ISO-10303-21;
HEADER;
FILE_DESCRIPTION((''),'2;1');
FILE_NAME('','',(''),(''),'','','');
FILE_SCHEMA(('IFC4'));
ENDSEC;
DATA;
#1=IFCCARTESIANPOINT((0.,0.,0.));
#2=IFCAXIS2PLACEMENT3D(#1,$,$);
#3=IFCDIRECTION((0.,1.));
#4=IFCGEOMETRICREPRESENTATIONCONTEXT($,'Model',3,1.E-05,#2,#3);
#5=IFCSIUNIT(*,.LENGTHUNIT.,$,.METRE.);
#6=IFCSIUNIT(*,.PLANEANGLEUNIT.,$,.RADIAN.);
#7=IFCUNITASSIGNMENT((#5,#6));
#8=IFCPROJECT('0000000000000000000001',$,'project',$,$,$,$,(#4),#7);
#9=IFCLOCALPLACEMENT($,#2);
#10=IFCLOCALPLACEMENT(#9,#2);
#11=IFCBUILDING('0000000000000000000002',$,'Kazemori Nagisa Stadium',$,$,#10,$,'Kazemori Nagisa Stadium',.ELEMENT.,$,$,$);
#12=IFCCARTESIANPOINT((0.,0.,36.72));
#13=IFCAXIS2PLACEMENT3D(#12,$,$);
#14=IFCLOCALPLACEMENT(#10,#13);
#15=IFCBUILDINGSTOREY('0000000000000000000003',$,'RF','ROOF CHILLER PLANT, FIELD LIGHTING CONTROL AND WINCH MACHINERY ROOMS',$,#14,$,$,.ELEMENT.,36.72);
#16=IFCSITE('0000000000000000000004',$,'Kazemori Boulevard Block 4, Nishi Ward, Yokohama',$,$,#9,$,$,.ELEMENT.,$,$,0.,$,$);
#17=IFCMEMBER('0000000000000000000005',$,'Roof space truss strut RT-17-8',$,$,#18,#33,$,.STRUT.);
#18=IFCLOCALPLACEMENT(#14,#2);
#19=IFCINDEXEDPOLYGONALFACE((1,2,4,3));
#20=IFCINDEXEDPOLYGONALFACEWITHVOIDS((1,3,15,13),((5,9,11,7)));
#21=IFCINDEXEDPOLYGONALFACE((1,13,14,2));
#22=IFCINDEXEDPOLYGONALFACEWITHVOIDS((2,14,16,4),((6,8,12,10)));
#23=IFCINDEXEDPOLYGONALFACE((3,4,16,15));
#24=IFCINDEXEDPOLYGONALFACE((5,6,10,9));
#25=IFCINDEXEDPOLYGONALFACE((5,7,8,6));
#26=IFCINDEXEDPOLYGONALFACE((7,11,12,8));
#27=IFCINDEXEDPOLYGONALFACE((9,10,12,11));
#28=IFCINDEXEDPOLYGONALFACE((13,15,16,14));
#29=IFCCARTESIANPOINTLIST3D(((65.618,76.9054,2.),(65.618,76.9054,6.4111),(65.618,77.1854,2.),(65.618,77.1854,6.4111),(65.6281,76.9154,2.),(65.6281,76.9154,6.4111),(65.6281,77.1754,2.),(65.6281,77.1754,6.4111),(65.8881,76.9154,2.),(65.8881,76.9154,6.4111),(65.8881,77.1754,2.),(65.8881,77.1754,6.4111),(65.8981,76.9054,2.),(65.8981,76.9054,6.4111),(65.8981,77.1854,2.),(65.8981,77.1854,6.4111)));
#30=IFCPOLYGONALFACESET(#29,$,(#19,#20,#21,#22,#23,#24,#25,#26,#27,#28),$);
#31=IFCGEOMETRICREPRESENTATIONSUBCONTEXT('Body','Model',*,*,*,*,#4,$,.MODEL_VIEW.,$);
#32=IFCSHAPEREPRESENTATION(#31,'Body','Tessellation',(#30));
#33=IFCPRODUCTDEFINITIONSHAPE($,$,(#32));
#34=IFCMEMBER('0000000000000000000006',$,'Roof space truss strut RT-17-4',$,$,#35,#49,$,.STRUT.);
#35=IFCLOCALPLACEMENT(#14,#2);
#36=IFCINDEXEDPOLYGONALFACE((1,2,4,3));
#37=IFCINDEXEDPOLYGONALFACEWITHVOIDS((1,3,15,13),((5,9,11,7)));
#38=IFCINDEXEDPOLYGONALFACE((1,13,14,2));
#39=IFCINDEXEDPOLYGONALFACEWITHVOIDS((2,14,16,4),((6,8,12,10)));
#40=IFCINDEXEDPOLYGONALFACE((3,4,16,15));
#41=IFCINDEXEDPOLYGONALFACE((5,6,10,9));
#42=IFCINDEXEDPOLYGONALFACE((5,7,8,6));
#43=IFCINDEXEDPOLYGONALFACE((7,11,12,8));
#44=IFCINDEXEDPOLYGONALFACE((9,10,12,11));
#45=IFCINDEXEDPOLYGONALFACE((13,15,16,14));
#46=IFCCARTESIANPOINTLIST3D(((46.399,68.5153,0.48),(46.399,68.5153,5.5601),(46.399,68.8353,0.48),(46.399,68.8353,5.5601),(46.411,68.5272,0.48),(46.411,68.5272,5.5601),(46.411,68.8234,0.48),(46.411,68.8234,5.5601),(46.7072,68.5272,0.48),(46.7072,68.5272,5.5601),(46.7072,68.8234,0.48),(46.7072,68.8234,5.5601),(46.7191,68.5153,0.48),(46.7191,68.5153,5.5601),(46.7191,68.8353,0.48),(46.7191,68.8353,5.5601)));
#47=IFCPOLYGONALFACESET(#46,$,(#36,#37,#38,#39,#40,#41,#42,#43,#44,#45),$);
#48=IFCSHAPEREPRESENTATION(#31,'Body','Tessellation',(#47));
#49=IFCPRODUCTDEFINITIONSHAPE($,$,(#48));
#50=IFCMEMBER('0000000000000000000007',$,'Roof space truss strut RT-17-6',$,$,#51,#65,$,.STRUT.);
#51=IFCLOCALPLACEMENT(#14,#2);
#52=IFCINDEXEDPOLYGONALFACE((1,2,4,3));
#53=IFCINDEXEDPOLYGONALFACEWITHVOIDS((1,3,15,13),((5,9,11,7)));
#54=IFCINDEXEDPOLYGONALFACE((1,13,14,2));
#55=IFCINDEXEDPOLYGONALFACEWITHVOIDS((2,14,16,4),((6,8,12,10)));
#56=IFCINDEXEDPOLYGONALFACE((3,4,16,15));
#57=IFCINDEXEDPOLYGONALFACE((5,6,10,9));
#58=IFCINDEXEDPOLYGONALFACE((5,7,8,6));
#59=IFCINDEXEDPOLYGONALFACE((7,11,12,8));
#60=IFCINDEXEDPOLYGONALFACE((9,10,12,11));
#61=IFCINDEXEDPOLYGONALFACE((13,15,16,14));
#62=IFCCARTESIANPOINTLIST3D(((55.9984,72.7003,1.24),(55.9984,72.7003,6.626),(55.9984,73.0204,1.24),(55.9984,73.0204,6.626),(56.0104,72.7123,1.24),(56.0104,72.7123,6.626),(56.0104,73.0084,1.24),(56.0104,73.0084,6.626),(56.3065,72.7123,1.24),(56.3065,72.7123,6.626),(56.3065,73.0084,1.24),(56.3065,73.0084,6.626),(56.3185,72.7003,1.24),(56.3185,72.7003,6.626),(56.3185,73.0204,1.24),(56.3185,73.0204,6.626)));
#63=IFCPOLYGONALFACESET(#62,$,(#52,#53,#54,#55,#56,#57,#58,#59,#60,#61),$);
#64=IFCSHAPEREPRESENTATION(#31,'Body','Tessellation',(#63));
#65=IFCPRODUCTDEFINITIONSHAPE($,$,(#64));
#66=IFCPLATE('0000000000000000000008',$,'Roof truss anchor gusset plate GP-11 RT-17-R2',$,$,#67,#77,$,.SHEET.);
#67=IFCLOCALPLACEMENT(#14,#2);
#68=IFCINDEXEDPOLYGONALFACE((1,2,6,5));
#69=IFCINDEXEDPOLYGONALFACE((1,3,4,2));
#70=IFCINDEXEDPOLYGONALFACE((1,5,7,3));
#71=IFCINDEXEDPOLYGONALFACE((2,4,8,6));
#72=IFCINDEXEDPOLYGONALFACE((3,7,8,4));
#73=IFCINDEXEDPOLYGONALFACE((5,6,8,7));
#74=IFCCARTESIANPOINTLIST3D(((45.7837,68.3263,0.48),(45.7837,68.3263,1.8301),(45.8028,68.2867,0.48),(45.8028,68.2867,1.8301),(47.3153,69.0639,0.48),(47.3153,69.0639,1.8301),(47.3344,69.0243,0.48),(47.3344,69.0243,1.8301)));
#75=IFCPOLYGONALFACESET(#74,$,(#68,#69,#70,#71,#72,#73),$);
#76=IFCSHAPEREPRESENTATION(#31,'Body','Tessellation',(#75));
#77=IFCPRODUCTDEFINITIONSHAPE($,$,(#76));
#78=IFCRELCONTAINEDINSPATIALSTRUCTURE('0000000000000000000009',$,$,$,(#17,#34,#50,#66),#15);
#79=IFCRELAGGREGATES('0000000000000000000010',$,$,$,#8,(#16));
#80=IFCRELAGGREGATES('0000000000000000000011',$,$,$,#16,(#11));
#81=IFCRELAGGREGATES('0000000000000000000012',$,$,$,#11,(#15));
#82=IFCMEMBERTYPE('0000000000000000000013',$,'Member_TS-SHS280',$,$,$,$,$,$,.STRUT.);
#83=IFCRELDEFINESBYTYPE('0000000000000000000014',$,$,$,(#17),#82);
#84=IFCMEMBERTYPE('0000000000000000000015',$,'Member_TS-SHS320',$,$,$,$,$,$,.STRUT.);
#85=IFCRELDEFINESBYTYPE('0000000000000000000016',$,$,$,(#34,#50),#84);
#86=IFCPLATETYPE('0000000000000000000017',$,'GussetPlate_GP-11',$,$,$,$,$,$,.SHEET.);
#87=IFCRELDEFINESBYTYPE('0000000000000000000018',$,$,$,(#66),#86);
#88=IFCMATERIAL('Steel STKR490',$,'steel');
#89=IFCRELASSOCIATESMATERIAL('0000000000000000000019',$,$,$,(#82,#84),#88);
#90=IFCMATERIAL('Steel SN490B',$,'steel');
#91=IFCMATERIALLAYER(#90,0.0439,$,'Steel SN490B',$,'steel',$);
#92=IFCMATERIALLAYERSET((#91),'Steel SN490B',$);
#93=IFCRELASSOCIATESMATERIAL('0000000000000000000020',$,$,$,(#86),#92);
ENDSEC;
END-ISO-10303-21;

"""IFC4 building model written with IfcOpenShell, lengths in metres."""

from ifc_helpers import new_model, si_unit, direction, frame, origin, origin_2d, place, context, subcontext, project, spatial, rectangle, hollow_rectangle, extrude, material, layer, layer_set, material_profile, profile_set, type_object, element, save


model = new_model("IFC4")

# Units and contexts
model_context = context("Model", 3, precision=1e-05, world=origin(), true_north=direction((0.0, 1.0)))
body_context = subcontext(model_context, "Body", "Model", "MODEL_VIEW")
ifc_project = project(units=[si_unit("LENGTHUNIT", "METRE"), si_unit("PLANEANGLEUNIT", "RADIAN")], contexts=[model_context])

# Site, building, storey
site_placement = place(None, origin())
site = spatial("IfcSite", under=ifc_project, at=site_placement, Name="Kazemori Boulevard Block 4, Nishi Ward, Yokohama", CompositionType="ELEMENT", RefElevation=0.0)
building_placement = place(site_placement, origin())
building = spatial("IfcBuilding", under=site, at=building_placement, Name="Kazemori Nagisa Stadium", LongName="Kazemori Nagisa Stadium", CompositionType="ELEMENT")
storey_placement = place(building_placement, frame((0.0, 0.0, 36.72)))
storey = spatial("IfcBuildingStorey", under=building, at=storey_placement, Name="RF", Description="ROOF CHILLER PLANT, FIELD LIGHTING CONTROL AND WINCH MACHINERY ROOMS", CompositionType="ELEMENT", Elevation=36.72)

# Shared definitions
ifc_material_1 = material(Name="Steel SN490B", Category="steel")

# Members
ifc_material_2 = material(Name="Steel STKR490", Category="steel")
ifc_material_profile_1 = material_profile(ifc_material_2, hollow_rectangle(XDim=0.28, YDim=0.28, WallThickness=0.01, at=origin_2d()), Name="SHS-280x280x10")
ifc_profile_set_1 = profile_set([ifc_material_profile_1], Name="Steel STKR490")
member_type_1 = type_object("IfcMemberType", Name="Member_TS-SHS280", PredefinedType="STRUT", material=ifc_profile_set_1)
member_1_placement = place(storey_placement, frame((65.7581, 77.0454, 2.0), z_axis=(0.0, 0.0, 1.0), x_axis=(1.0, 0.0, 0.0)))
element("IfcMember", 1, at=member_1_placement, inside=storey, type_object=member_type_1, Name="Roof space truss strut RT-17-8", PredefinedType="STRUT", context=body_context, shape_type="SweptSolid", body=[
    extrude(hollow_rectangle(XDim=0.28, YDim=0.28, WallThickness=0.01, at=origin_2d()), origin(), (0.0, 0.0, 1.0), 4.4111),
])
ifc_material_profile_2 = material_profile(ifc_material_2, hollow_rectangle(XDim=0.3201, YDim=0.3201, WallThickness=0.012, at=origin_2d()), Name="SHS-320x320x12")
ifc_profile_set_2 = profile_set([ifc_material_profile_2], Name="Steel STKR490")
member_type_2 = type_object("IfcMemberType", Name="Member_TS-SHS320", PredefinedType="STRUT", material=ifc_profile_set_2)
member_2_placement = place(storey_placement, frame((46.5591, 68.6753, 0.48), z_axis=(0.0, 0.0, 1.0), x_axis=(1.0, 0.0, 0.0)))
element("IfcMember", 2, at=member_2_placement, inside=storey, type_object=member_type_2, Name="Roof space truss strut RT-17-4", PredefinedType="STRUT", context=body_context, shape_type="SweptSolid", body=[
    extrude(hollow_rectangle(XDim=0.3201, YDim=0.3201, WallThickness=0.012, at=origin_2d()), origin(), (0.0, 0.0, 1.0), 5.0801),
])
member_3_placement = place(storey_placement, frame((56.1584, 72.8604, 1.24), z_axis=(0.0, 0.0, 1.0), x_axis=(1.0, 0.0, 0.0)))
element("IfcMember", 3, at=member_3_placement, inside=storey, type_object=member_type_2, Name="Roof space truss strut RT-17-6", PredefinedType="STRUT", context=body_context, shape_type="SweptSolid", body=[
    extrude(hollow_rectangle(XDim=0.3201, YDim=0.3201, WallThickness=0.012, at=origin_2d()), origin(), (0.0, 0.0, 1.0), 5.386),
])

# Plate
ifc_layer = layer(ifc_material_1, 0.0439, Name="Steel SN490B", Category="steel")
ifc_layer_set = layer_set([ifc_layer], Name="Steel SN490B")
plate_type = type_object("IfcPlateType", Name="GussetPlate_GP-11", PredefinedType="SHEET", material=ifc_layer_set)
plate_placement = place(storey_placement, frame((46.5591, 68.6753, 0.48), z_axis=(0.0, 0.0, 1.0), x_axis=(-0.900969, -0.433884, 0.0)))
element("IfcPlate", 4, at=plate_placement, inside=storey, type_object=plate_type, Name="Roof truss anchor gusset plate GP-11 RT-17-R2", PredefinedType="SHEET", context=body_context, shape_type="SweptSolid", body=[
    extrude(rectangle(XDim=1.7, YDim=0.0439, at=origin_2d()), origin(), (0.0, 0.0, 1.0), 1.3501),
])

save(model, "model.ifc")
